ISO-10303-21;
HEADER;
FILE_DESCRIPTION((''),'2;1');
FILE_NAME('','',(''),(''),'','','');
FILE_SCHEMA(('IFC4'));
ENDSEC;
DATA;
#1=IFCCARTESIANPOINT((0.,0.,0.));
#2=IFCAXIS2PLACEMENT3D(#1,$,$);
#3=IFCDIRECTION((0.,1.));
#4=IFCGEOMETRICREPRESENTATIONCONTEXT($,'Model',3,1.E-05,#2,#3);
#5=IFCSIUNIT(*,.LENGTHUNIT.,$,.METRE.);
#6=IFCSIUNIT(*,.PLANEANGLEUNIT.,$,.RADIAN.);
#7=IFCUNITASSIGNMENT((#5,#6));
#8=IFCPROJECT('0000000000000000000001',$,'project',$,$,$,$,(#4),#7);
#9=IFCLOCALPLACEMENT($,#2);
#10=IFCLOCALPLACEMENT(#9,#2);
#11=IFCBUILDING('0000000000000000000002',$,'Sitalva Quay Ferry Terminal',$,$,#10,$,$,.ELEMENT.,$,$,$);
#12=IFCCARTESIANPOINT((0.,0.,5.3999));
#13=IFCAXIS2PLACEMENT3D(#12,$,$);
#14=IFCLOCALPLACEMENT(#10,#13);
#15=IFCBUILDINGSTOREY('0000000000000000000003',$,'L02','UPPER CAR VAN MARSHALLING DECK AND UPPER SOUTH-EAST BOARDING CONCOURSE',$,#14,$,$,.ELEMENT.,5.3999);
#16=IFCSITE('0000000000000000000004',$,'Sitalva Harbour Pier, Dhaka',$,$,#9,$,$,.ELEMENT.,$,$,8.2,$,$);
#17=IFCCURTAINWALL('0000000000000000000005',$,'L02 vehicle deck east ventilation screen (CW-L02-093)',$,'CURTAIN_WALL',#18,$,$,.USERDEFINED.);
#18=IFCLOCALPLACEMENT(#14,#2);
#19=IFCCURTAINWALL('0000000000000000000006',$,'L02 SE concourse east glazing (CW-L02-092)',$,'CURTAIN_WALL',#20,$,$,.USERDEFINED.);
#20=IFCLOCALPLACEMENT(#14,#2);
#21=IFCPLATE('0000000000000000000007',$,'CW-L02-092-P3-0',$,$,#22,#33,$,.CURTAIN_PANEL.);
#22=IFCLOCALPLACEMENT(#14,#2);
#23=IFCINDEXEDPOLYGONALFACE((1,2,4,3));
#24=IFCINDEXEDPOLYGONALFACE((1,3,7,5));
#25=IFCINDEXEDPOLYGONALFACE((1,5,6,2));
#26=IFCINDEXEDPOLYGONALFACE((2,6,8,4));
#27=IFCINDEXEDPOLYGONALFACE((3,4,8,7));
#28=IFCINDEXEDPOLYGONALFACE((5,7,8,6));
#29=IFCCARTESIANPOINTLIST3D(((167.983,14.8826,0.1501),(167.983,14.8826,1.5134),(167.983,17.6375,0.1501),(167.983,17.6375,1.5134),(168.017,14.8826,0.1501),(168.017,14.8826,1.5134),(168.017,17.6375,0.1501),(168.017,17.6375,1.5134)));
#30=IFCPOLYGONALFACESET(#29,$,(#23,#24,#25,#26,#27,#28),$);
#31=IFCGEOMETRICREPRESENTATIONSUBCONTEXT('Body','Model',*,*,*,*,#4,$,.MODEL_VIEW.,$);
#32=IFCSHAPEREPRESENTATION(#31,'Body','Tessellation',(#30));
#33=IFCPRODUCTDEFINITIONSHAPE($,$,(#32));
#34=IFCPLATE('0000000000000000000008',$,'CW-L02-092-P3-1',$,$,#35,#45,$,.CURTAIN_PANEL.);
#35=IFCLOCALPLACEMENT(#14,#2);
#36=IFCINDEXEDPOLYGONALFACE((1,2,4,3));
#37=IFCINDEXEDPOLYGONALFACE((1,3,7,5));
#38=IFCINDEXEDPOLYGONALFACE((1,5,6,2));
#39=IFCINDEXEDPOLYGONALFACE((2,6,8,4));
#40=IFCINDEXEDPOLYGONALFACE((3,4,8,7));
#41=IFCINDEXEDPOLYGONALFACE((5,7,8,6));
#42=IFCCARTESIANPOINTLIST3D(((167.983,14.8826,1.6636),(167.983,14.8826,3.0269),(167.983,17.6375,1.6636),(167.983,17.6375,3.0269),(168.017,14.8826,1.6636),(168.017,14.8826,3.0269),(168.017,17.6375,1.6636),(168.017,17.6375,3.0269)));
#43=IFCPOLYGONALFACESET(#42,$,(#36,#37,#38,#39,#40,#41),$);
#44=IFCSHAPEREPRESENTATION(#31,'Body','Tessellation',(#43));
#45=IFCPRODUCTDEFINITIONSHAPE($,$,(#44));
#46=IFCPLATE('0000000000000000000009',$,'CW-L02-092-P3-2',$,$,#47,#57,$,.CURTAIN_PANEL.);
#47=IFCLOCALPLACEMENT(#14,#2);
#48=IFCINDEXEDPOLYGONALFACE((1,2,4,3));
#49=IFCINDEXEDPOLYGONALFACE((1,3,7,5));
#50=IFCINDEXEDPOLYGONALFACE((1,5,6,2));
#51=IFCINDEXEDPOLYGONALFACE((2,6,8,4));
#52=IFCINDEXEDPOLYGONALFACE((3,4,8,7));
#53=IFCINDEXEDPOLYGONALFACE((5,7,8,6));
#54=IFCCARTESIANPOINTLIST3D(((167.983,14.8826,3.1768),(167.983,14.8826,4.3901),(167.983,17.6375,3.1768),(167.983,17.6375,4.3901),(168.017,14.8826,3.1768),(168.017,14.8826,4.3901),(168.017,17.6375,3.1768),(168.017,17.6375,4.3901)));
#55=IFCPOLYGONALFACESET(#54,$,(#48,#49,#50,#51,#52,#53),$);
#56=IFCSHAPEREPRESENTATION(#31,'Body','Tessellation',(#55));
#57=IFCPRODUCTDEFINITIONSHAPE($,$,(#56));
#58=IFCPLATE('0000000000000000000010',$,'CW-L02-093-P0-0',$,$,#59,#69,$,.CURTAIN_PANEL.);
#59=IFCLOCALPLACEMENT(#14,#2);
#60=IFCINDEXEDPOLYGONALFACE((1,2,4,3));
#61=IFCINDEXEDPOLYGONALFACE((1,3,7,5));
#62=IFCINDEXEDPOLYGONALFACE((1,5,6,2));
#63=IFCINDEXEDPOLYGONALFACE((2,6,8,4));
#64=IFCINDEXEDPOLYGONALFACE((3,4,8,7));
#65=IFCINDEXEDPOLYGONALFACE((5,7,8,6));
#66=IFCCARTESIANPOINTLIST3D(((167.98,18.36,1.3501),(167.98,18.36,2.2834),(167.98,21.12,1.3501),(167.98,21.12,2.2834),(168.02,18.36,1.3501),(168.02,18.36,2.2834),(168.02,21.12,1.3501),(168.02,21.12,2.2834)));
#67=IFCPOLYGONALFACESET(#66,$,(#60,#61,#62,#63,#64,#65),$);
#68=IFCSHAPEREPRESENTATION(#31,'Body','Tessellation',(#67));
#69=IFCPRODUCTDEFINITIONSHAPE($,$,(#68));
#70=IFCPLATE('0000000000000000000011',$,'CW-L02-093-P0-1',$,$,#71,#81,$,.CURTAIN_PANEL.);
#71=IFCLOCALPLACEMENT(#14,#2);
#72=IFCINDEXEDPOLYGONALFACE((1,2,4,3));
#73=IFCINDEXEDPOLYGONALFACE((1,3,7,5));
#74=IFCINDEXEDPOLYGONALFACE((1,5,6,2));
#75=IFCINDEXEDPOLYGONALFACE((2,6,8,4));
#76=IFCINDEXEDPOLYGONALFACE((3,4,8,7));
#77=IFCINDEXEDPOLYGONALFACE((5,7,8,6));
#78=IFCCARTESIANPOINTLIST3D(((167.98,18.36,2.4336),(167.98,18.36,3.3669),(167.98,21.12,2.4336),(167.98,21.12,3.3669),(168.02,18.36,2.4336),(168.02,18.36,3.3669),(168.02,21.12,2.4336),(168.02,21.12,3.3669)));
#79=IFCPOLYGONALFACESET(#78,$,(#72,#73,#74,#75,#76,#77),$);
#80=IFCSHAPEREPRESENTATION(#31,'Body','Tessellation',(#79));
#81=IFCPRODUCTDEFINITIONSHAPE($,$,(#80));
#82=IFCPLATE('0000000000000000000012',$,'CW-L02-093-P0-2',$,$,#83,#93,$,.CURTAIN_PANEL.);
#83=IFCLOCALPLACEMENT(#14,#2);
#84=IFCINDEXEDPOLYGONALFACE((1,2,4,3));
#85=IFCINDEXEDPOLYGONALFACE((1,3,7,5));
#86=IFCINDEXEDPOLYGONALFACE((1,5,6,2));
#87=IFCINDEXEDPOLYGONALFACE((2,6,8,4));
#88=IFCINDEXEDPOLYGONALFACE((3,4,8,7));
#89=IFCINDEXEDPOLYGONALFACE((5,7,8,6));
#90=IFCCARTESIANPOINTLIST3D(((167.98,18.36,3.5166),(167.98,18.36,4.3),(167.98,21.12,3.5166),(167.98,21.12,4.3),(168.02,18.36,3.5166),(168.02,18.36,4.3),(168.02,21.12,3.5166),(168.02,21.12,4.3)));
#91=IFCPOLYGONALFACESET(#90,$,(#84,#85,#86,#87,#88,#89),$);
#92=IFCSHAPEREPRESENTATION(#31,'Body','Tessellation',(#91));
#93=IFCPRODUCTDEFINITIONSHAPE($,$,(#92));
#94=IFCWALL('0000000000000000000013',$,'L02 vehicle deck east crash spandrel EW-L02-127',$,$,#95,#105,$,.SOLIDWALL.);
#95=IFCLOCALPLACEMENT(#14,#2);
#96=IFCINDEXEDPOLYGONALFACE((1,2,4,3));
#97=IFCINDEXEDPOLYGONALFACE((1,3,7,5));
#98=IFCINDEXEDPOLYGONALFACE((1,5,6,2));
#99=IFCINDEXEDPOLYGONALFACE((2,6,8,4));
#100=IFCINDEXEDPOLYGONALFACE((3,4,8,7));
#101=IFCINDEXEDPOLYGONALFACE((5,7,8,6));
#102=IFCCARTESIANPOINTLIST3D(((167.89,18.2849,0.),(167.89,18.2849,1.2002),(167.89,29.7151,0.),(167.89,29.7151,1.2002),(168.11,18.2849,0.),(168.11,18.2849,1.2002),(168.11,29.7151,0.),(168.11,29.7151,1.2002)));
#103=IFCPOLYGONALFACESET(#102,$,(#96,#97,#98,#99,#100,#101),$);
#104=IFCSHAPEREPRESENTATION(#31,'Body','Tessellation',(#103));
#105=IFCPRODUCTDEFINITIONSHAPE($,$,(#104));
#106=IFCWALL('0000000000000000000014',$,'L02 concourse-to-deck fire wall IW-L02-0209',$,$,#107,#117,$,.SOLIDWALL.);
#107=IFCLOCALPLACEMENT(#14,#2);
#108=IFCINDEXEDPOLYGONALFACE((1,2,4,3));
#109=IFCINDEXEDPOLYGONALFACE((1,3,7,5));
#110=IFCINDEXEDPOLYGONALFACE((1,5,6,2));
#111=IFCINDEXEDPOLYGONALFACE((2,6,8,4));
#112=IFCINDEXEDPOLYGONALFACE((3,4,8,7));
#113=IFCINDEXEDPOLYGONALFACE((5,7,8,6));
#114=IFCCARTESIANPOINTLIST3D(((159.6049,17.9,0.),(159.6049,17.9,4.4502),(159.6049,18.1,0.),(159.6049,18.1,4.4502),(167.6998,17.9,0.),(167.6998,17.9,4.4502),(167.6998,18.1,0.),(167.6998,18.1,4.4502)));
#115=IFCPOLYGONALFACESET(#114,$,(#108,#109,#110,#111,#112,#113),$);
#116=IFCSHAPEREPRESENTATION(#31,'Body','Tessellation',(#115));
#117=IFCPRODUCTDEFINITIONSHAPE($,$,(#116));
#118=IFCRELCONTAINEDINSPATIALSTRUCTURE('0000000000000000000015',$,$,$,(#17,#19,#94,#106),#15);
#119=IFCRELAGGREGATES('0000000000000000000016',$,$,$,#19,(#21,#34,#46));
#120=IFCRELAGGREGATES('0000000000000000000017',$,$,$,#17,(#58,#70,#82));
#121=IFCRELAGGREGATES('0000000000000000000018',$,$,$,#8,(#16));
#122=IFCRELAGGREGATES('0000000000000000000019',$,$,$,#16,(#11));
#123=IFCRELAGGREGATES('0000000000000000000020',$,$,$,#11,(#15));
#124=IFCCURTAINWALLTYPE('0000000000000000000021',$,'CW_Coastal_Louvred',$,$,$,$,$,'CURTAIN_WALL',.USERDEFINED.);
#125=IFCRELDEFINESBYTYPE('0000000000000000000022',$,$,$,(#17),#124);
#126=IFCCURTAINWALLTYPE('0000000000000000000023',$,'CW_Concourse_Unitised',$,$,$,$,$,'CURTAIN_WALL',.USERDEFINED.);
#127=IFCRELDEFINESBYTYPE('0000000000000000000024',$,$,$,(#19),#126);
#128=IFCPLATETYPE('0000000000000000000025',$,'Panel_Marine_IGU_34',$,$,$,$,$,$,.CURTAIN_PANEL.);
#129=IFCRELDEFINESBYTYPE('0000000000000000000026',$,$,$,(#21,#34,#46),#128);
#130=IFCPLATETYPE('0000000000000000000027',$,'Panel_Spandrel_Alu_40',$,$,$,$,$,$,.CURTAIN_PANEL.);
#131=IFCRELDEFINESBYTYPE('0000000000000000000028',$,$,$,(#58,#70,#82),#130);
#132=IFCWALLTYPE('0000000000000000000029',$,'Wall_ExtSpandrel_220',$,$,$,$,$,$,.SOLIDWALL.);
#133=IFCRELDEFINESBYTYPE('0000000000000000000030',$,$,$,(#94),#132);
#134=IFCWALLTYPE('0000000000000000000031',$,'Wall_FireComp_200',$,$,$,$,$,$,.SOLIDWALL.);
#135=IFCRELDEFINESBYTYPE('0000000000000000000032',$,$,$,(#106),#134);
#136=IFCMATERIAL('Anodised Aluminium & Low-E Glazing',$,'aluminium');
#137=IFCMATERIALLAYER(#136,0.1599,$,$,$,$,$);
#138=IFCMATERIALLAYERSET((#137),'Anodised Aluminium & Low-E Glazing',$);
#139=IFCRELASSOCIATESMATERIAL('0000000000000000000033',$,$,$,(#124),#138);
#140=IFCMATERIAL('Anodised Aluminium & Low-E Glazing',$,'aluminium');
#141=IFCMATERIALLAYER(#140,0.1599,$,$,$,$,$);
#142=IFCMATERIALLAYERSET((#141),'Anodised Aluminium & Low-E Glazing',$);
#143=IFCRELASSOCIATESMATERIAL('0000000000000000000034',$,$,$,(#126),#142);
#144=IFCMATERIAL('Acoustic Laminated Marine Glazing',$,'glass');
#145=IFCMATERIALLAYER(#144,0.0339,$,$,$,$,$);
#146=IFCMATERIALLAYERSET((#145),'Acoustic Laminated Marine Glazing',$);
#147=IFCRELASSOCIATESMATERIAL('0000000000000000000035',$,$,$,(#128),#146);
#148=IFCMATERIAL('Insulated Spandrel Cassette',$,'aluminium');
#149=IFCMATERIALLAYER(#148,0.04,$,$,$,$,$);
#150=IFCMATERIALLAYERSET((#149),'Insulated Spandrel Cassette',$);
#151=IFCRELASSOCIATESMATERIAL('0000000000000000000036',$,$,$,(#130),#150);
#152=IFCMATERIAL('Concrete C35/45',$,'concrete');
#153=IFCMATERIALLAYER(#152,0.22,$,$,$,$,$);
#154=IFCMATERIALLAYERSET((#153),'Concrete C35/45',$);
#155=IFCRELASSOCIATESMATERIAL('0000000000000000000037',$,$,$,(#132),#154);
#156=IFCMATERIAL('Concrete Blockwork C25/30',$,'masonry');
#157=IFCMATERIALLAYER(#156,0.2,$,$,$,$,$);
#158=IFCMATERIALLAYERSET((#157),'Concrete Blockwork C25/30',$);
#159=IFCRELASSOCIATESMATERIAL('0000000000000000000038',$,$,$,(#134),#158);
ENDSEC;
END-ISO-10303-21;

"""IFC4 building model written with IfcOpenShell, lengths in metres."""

from ifc_helpers import new_model, si_unit, direction, frame, frame_2d, origin, origin_2d, place, context, subcontext, project, spatial, rectangle, extrude, material, layer, layer_set, type_object, element, aggregate, save


model = new_model("IFC4")

# Units and contexts
model_context = context("Model", 3, precision=1e-05, world=origin(), true_north=direction((0.0, 1.0)))
body_context = subcontext(model_context, "Body", "Model", "MODEL_VIEW")
ifc_project = project(units=[si_unit("LENGTHUNIT", "METRE"), si_unit("PLANEANGLEUNIT", "RADIAN")], contexts=[model_context])

# Site, building, storey
site_placement = place(None, origin())
site = spatial("IfcSite", under=ifc_project, at=site_placement, Name="Sitalva Harbour Pier, Dhaka", CompositionType="ELEMENT", RefElevation=8.2)
building_placement = place(site_placement, origin())
building = spatial("IfcBuilding", under=site, at=building_placement, Name="Sitalva Quay Ferry Terminal", CompositionType="ELEMENT")
storey_placement = place(building_placement, frame((0.0, 0.0, 5.3999)))
storey = spatial("IfcBuildingStorey", under=building, at=storey_placement, Name="L02", Description="UPPER CAR VAN MARSHALLING DECK AND UPPER SOUTH-EAST BOARDING CONCOURSE", CompositionType="ELEMENT", Elevation=5.3999)

# Curtain walls
ifc_material_1 = material(Name="Anodised Aluminium & Low-E Glazing", Category="aluminium")
ifc_layer_1 = layer(ifc_material_1, 0.1599)
ifc_layer_set_1 = layer_set([ifc_layer_1], Name="Anodised Aluminium & Low-E Glazing")
curtain_wall_type_1 = type_object("IfcCurtainWallType", Name="CW_Coastal_Louvred", ElementType="CURTAIN_WALL", PredefinedType="USERDEFINED", material=ifc_layer_set_1)
curtain_wall_1_placement = place(storey_placement, origin())
curtain_wall_1 = element("IfcCurtainWall", 1, at=curtain_wall_1_placement, inside=storey, type_object=curtain_wall_type_1, Name="L02 vehicle deck east ventilation screen (CW-L02-093)", ObjectType="CURTAIN_WALL", PredefinedType="USERDEFINED")
ifc_material_2 = material(Name="Anodised Aluminium & Low-E Glazing", Category="aluminium")
ifc_layer_2 = layer(ifc_material_2, 0.1599)
ifc_layer_set_2 = layer_set([ifc_layer_2], Name="Anodised Aluminium & Low-E Glazing")
curtain_wall_type_2 = type_object("IfcCurtainWallType", Name="CW_Concourse_Unitised", ElementType="CURTAIN_WALL", PredefinedType="USERDEFINED", material=ifc_layer_set_2)
curtain_wall_2_placement = place(storey_placement, origin())
curtain_wall_2 = element("IfcCurtainWall", 2, at=curtain_wall_2_placement, inside=storey, type_object=curtain_wall_type_2, Name="L02 SE concourse east glazing (CW-L02-092)", ObjectType="CURTAIN_WALL", PredefinedType="USERDEFINED")

# Plates
ifc_material_3 = material(Name="Acoustic Laminated Marine Glazing", Category="glass")
ifc_layer_3 = layer(ifc_material_3, 0.0339)
ifc_layer_set_3 = layer_set([ifc_layer_3], Name="Acoustic Laminated Marine Glazing")
plate_type_1 = type_object("IfcPlateType", Name="Panel_Marine_IGU_34", PredefinedType="CURTAIN_PANEL", material=ifc_layer_set_3)
plate_1_placement = place(storey_placement, frame((168.0, 16.26, 0.1501), z_axis=(0.0, 0.0, 1.0), x_axis=(0.0, 1.0, 0.0)))
plate_1 = element("IfcPlate", 3, at=plate_1_placement, type_object=plate_type_1, Name="CW-L02-092-P3-0", PredefinedType="CURTAIN_PANEL", context=body_context, shape_type="SweptSolid", body=[
    extrude(rectangle(XDim=2.7549, YDim=0.0339, at=origin_2d()), origin(), (0.0, 0.0, 1.0), 1.3633),
])
plate_2_placement = place(storey_placement, frame((168.0, 16.26, 1.6636), z_axis=(0.0, 0.0, 1.0), x_axis=(0.0, 1.0, 0.0)))
plate_2 = element("IfcPlate", 4, at=plate_2_placement, type_object=plate_type_1, Name="CW-L02-092-P3-1", PredefinedType="CURTAIN_PANEL", context=body_context, shape_type="SweptSolid", body=[
    extrude(rectangle(XDim=2.7549, YDim=0.0339, at=origin_2d()), origin(), (0.0, 0.0, 1.0), 1.3633),
])
plate_3_placement = place(storey_placement, frame((168.0, 16.26, 3.1768), z_axis=(0.0, 0.0, 1.0), x_axis=(0.0, 1.0, 0.0)))
plate_3 = element("IfcPlate", 5, at=plate_3_placement, type_object=plate_type_1, Name="CW-L02-092-P3-2", PredefinedType="CURTAIN_PANEL", context=body_context, shape_type="SweptSolid", body=[
    extrude(rectangle(XDim=2.7549, YDim=0.0339, at=origin_2d()), origin(), (0.0, 0.0, 1.0), 1.2134),
])
aggregate(curtain_wall_2, [plate_1, plate_2, plate_3])
ifc_material_4 = material(Name="Insulated Spandrel Cassette", Category="aluminium")
ifc_layer_4 = layer(ifc_material_4, 0.04)
ifc_layer_set_4 = layer_set([ifc_layer_4], Name="Insulated Spandrel Cassette")
plate_type_2 = type_object("IfcPlateType", Name="Panel_Spandrel_Alu_40", PredefinedType="CURTAIN_PANEL", material=ifc_layer_set_4)
plate_4_placement = place(storey_placement, frame((168.0, 19.74, 1.3501), z_axis=(0.0, 0.0, 1.0), x_axis=(0.0, 1.0, 0.0)))
plate_4 = element("IfcPlate", 6, at=plate_4_placement, type_object=plate_type_2, Name="CW-L02-093-P0-0", PredefinedType="CURTAIN_PANEL", context=body_context, shape_type="SweptSolid", body=[
    extrude(rectangle(XDim=2.76, YDim=0.04, at=origin_2d()), origin(), (0.0, 0.0, 1.0), 0.9333),
])
plate_5_placement = place(storey_placement, frame((168.0, 19.74, 2.4336), z_axis=(0.0, 0.0, 1.0), x_axis=(0.0, 1.0, 0.0)))
plate_5 = element("IfcPlate", 7, at=plate_5_placement, type_object=plate_type_2, Name="CW-L02-093-P0-1", PredefinedType="CURTAIN_PANEL", context=body_context, shape_type="SweptSolid", body=[
    extrude(rectangle(XDim=2.76, YDim=0.04, at=origin_2d()), origin(), (0.0, 0.0, 1.0), 0.9333),
])
plate_6_placement = place(storey_placement, frame((168.0, 19.74, 3.5166), z_axis=(0.0, 0.0, 1.0), x_axis=(0.0, 1.0, 0.0)))
plate_6 = element("IfcPlate", 8, at=plate_6_placement, type_object=plate_type_2, Name="CW-L02-093-P0-2", PredefinedType="CURTAIN_PANEL", context=body_context, shape_type="SweptSolid", body=[
    extrude(rectangle(XDim=2.76, YDim=0.04, at=origin_2d()), origin(), (0.0, 0.0, 1.0), 0.7834),
])
aggregate(curtain_wall_1, [plate_4, plate_5, plate_6])

# Walls
ifc_material_5 = material(Name="Concrete C35/45", Category="concrete")
ifc_layer_5 = layer(ifc_material_5, 0.22)
ifc_layer_set_5 = layer_set([ifc_layer_5], Name="Concrete C35/45")
wall_type_1 = type_object("IfcWallType", Name="Wall_ExtSpandrel_220", PredefinedType="SOLIDWALL", material=ifc_layer_set_5)
wall_1_placement = place(storey_placement, frame((168.0, 18.2849, 0.0), z_axis=(0.0, 0.0, 1.0), x_axis=(0.0, 1.0, 0.0)))
element("IfcWall", 9, at=wall_1_placement, inside=storey, type_object=wall_type_1, Name="L02 vehicle deck east crash spandrel EW-L02-127", PredefinedType="SOLIDWALL", context=body_context, shape_type="SweptSolid", body=[
    extrude(rectangle(XDim=11.4302, YDim=0.22, at=frame_2d((5.7151, 0.0))), origin(), (0.0, 0.0, 1.0), 1.2002),
])
ifc_material_6 = material(Name="Concrete Blockwork C25/30", Category="masonry")
ifc_layer_6 = layer(ifc_material_6, 0.2)
ifc_layer_set_6 = layer_set([ifc_layer_6], Name="Concrete Blockwork C25/30")
wall_type_2 = type_object("IfcWallType", Name="Wall_FireComp_200", PredefinedType="SOLIDWALL", material=ifc_layer_set_6)
wall_2_placement = place(storey_placement, frame((159.605, 18.0, 0.0), z_axis=(0.0, 0.0, 1.0), x_axis=(1.0, 0.0, 0.0)))
element("IfcWall", 10, at=wall_2_placement, inside=storey, type_object=wall_type_2, Name="L02 concourse-to-deck fire wall IW-L02-0209", PredefinedType="SOLIDWALL", context=body_context, shape_type="SweptSolid", body=[
    extrude(rectangle(XDim=8.095, YDim=0.2, at=frame_2d((4.0474, 0.0))), origin(), (0.0, 0.0, 1.0), 4.4502),
])

save(model, "model.ifc")
